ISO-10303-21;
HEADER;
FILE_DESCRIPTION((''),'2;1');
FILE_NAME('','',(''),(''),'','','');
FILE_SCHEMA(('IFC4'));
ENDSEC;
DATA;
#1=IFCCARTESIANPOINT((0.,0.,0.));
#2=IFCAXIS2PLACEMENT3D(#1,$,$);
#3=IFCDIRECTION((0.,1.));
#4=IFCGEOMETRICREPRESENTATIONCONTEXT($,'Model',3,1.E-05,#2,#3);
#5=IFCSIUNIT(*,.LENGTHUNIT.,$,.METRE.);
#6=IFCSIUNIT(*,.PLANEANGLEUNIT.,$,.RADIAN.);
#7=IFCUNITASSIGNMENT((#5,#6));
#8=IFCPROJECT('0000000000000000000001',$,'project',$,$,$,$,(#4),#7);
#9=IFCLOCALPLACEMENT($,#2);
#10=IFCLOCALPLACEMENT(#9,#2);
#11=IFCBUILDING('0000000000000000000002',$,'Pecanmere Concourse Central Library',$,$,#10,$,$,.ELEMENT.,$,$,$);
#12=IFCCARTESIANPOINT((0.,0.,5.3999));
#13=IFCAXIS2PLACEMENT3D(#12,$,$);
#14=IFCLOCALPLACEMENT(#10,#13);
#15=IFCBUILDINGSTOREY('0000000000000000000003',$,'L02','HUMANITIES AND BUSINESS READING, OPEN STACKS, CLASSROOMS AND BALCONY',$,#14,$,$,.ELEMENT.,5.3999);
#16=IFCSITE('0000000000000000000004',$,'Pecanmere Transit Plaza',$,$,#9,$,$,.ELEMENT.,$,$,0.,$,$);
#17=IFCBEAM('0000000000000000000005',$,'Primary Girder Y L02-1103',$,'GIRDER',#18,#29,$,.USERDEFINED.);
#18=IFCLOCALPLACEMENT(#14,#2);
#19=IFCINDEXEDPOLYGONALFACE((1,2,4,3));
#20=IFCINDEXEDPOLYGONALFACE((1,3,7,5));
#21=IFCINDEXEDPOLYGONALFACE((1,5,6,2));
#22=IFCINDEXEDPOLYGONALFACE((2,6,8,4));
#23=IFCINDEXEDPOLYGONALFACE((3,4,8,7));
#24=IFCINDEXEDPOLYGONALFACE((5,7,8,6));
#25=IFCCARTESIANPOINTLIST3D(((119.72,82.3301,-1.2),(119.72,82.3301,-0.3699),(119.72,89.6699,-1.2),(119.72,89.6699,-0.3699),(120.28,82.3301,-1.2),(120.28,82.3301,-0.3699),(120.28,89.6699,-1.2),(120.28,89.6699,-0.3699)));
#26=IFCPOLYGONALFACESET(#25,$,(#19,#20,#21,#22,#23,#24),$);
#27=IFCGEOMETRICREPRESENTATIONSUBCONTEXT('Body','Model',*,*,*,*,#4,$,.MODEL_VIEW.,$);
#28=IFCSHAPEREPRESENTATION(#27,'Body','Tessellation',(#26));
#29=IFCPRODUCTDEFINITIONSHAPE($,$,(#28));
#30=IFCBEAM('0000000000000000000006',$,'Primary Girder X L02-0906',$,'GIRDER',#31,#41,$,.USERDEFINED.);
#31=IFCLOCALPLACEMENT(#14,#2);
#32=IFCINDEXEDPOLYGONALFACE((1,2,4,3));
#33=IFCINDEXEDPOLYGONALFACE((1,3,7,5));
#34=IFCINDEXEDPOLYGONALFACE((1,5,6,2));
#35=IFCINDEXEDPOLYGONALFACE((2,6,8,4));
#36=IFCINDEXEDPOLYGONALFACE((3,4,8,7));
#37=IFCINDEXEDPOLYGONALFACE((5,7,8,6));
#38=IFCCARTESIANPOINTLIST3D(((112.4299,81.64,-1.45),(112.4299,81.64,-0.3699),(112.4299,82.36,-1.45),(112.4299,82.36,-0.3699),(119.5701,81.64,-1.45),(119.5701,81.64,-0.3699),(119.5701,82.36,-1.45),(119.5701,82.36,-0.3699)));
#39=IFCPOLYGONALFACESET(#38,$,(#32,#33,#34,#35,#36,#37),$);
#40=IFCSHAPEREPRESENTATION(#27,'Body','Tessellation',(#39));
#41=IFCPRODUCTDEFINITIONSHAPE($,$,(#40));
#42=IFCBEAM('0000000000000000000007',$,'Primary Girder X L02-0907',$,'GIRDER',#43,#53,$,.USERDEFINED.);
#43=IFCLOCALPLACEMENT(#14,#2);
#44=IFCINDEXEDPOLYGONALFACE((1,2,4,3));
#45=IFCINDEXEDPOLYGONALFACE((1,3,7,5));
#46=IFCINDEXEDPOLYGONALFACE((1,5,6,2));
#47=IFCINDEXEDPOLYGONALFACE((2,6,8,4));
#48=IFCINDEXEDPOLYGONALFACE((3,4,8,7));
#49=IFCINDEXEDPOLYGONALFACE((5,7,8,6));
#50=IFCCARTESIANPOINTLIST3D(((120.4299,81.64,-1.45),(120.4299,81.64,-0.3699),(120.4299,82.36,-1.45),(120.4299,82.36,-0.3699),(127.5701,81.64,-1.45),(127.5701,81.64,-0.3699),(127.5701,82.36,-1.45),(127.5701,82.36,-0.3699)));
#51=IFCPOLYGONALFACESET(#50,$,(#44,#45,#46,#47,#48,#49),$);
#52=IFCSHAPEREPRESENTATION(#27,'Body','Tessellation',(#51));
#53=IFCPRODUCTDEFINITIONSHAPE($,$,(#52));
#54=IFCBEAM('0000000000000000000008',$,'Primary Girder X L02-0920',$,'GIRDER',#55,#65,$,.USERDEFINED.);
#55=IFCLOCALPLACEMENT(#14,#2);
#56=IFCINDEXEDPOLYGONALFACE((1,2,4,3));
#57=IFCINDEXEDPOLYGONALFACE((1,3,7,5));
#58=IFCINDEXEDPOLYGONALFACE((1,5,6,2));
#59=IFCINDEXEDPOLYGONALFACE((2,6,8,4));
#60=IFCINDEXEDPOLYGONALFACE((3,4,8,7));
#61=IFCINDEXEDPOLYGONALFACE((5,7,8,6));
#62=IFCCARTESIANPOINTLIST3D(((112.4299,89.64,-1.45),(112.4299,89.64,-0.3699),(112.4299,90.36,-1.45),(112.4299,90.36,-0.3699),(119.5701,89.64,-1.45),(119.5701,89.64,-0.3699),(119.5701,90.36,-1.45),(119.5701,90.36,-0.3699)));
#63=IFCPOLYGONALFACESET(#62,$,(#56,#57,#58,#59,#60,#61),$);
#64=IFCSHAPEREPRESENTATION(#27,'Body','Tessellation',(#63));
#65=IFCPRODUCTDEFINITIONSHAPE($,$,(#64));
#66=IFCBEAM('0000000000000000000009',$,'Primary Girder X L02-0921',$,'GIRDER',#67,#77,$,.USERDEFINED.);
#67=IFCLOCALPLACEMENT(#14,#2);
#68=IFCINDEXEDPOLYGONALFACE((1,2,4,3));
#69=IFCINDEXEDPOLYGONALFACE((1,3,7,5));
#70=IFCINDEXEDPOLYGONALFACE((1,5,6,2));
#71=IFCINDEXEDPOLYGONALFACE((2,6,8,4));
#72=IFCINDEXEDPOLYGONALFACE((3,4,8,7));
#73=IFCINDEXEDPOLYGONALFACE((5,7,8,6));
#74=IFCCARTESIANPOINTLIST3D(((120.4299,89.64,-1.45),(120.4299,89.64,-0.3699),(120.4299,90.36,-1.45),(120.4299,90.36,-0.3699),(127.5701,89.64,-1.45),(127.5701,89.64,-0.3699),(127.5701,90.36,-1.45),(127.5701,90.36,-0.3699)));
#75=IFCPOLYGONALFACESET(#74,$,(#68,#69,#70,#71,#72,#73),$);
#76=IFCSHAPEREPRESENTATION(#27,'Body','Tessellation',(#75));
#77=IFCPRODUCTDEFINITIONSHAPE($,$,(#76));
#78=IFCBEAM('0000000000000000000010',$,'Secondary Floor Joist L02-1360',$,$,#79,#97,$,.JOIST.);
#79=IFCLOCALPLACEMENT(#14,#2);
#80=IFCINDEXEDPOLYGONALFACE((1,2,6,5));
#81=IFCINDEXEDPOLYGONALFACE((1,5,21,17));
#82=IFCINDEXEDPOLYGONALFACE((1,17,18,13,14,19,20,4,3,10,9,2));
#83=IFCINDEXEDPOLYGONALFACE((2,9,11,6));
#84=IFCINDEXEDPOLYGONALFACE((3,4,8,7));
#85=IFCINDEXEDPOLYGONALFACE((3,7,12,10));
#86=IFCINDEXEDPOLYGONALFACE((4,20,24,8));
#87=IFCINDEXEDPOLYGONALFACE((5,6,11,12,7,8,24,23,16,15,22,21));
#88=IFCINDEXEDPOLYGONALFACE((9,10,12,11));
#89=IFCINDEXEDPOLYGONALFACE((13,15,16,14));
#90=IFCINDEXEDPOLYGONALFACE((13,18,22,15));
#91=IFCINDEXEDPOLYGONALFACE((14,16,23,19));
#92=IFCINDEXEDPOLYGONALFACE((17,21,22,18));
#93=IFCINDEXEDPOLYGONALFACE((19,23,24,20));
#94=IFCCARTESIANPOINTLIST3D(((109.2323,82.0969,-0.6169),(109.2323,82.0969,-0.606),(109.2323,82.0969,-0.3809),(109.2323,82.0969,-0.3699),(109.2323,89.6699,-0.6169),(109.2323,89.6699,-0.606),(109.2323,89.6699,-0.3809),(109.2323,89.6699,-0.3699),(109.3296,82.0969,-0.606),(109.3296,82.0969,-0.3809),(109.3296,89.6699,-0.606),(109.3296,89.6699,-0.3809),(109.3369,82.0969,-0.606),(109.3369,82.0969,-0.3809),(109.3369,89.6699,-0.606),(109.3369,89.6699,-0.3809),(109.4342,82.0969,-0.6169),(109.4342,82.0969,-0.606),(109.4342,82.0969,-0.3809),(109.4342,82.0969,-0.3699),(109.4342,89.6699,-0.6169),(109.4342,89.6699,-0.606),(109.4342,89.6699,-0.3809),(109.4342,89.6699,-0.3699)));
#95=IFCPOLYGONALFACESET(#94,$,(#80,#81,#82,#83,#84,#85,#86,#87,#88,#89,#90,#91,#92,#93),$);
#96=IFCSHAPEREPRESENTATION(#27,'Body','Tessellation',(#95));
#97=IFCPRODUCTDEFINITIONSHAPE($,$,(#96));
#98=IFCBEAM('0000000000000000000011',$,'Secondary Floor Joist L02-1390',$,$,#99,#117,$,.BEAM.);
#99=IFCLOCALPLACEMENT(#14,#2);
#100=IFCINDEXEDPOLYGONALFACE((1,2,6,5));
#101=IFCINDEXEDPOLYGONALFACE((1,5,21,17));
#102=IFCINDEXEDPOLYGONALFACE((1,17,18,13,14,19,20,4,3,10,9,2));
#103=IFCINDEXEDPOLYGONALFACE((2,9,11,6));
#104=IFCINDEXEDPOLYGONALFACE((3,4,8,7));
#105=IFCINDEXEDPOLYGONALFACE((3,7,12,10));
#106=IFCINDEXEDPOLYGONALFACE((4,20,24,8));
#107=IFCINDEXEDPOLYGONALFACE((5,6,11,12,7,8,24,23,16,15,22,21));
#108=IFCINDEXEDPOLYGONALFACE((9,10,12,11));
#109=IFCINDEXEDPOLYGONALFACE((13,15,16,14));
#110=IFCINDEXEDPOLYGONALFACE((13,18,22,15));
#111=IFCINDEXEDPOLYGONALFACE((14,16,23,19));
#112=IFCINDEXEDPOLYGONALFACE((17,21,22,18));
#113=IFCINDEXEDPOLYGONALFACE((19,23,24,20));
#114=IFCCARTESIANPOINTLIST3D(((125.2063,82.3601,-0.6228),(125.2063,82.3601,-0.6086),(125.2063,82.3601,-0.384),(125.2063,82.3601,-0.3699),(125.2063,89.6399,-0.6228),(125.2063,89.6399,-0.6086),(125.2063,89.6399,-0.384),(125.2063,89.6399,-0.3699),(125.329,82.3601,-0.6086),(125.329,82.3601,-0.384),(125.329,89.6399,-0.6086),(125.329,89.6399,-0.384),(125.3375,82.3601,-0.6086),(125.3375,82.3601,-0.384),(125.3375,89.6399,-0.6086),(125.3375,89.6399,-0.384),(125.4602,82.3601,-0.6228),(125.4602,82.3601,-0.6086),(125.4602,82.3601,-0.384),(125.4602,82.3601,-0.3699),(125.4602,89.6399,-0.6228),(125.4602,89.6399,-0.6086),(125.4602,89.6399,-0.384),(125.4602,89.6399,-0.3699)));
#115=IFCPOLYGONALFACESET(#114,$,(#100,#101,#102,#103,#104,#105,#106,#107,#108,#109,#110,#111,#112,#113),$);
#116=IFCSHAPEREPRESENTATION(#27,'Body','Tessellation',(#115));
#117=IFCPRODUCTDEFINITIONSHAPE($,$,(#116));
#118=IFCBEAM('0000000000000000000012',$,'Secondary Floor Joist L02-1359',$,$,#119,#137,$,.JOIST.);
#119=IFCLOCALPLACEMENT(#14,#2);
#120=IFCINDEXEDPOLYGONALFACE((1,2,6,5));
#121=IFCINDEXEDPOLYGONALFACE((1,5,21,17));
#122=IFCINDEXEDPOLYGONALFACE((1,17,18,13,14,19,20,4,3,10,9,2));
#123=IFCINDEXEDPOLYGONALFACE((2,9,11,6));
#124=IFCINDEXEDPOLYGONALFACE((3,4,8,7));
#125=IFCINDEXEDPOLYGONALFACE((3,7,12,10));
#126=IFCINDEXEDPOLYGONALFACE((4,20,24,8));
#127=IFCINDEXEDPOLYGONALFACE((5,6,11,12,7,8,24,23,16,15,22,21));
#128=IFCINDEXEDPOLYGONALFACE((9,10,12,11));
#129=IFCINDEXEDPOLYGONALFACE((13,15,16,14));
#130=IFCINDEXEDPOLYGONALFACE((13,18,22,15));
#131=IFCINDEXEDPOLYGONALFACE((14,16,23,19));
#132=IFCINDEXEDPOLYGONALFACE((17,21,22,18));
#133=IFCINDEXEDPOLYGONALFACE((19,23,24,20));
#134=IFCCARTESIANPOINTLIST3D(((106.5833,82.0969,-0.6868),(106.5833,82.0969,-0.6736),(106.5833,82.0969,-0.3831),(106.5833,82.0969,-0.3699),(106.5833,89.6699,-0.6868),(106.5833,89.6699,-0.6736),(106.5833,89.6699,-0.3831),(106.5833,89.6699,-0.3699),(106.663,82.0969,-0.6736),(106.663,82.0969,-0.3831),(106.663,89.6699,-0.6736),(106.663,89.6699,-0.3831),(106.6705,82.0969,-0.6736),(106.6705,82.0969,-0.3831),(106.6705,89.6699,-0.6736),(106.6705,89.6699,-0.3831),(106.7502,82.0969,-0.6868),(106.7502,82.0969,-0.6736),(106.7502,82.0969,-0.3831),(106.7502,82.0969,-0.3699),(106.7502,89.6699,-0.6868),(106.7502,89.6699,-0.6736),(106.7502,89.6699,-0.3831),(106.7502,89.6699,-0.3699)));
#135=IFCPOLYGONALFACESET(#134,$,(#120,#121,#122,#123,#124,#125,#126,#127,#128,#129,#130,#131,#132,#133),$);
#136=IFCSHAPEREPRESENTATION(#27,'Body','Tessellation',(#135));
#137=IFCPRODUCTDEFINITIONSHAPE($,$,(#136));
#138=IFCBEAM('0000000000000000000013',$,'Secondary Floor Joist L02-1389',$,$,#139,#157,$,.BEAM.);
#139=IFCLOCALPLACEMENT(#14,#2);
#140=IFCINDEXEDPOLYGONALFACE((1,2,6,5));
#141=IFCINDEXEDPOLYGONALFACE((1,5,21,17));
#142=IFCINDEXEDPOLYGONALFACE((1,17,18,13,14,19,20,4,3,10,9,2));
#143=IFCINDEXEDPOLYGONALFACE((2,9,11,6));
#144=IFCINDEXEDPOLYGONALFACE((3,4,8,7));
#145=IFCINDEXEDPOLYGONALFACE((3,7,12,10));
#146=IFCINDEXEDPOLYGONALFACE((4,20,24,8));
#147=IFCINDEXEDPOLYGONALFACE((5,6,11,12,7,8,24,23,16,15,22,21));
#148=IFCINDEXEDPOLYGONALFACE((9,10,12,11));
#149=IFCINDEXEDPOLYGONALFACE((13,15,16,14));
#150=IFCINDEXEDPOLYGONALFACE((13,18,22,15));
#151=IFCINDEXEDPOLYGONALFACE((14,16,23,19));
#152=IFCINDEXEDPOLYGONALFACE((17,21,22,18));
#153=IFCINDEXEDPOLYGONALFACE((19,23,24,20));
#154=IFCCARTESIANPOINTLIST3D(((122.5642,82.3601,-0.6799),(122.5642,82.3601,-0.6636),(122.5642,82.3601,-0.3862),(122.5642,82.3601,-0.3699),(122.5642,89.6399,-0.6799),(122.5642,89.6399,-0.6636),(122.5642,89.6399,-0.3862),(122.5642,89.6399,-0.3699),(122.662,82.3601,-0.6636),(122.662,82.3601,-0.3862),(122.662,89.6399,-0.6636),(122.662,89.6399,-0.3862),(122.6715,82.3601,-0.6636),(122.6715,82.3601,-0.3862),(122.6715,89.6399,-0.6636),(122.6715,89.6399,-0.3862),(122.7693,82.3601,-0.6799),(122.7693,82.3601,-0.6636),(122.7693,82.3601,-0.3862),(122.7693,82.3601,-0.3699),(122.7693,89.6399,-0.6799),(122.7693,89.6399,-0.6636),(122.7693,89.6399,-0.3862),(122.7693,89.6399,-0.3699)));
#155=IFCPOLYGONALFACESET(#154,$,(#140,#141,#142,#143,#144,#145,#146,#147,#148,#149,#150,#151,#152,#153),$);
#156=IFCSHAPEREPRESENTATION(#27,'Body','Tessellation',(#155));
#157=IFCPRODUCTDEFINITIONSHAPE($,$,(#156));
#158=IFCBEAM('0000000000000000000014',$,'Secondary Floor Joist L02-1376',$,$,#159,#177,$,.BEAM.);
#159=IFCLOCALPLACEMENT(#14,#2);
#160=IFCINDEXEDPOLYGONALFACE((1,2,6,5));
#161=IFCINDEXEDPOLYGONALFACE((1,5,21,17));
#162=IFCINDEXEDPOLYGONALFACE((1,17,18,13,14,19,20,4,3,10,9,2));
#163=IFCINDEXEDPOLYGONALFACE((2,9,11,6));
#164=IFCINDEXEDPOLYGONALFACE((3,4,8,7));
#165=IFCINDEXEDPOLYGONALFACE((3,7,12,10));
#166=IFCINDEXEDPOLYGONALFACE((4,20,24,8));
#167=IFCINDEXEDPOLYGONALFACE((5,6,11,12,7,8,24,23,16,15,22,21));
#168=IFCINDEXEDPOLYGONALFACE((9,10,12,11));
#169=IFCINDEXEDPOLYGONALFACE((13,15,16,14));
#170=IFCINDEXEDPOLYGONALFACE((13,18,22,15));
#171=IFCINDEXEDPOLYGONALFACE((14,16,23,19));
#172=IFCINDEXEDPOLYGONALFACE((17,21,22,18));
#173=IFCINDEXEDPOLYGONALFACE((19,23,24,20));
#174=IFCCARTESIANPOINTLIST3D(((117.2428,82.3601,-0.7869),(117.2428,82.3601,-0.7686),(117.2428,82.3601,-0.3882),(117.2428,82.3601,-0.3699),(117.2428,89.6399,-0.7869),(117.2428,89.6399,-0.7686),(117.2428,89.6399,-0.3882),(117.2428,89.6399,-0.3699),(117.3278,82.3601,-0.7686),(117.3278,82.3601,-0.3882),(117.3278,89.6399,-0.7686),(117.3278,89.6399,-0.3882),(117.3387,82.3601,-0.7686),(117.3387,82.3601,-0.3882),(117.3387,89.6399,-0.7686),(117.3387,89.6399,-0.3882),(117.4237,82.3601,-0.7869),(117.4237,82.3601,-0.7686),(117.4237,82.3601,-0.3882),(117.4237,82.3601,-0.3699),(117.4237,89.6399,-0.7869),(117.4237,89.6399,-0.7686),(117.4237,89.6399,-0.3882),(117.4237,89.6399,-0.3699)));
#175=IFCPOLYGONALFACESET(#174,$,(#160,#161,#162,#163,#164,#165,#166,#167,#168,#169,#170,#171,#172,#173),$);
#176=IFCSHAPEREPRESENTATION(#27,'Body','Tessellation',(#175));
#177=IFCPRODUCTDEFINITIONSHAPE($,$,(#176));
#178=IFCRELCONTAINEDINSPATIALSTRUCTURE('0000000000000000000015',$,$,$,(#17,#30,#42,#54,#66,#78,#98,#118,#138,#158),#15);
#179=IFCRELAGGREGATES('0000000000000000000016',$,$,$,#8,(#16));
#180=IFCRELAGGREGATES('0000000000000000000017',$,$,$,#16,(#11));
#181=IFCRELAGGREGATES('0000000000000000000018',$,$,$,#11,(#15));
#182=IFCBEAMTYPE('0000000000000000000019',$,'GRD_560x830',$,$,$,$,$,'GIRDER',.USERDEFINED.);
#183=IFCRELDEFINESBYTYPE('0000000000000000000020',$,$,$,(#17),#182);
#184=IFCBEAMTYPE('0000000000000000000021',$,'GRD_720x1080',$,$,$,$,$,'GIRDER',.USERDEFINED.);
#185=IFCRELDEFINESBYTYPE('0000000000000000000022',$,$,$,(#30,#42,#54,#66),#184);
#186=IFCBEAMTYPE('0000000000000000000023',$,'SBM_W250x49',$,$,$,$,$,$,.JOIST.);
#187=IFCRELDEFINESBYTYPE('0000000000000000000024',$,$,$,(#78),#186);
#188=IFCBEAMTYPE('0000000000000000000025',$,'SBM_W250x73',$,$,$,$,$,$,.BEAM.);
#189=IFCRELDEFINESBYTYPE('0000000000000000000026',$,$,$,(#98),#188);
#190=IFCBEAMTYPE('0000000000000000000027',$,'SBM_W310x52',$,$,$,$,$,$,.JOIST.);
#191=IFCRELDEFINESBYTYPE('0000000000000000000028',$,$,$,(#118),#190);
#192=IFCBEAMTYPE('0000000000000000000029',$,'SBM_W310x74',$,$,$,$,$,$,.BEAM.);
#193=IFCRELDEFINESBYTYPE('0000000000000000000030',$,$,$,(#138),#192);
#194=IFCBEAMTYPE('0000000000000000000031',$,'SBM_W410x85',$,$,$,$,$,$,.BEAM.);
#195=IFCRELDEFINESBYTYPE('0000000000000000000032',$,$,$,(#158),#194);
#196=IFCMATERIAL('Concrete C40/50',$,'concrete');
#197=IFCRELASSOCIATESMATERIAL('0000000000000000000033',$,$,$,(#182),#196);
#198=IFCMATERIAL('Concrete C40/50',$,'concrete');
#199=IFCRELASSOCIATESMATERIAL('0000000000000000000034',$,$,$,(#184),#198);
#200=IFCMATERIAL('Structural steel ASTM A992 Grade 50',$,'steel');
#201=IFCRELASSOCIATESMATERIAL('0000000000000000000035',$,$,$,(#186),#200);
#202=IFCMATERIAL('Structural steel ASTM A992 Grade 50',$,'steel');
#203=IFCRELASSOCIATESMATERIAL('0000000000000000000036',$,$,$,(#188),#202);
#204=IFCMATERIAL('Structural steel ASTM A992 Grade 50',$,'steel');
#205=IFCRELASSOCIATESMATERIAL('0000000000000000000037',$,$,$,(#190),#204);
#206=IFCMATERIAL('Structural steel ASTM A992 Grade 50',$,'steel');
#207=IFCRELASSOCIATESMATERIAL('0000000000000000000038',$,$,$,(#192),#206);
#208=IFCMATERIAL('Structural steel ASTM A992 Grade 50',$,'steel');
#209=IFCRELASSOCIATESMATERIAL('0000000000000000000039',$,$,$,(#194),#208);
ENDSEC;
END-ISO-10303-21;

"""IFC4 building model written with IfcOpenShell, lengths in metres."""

from ifc_helpers import new_model, si_unit, direction, frame, origin, origin_2d, place, context, subcontext, project, spatial, rectangle, i_section, extrude, material, material_profile, profile_set, type_object, element, save


model = new_model("IFC4")

# Units and contexts
model_context = context("Model", 3, precision=1e-05, world=origin(), true_north=direction((0.0, 1.0)))
body_context = subcontext(model_context, "Body", "Model", "MODEL_VIEW")
ifc_project = project(units=[si_unit("LENGTHUNIT", "METRE"), si_unit("PLANEANGLEUNIT", "RADIAN")], contexts=[model_context])

# Site, building, storey
site_placement = place(None, origin())
site = spatial("IfcSite", under=ifc_project, at=site_placement, Name="Pecanmere Transit Plaza", CompositionType="ELEMENT", RefElevation=0.0)
building_placement = place(site_placement, origin())
building = spatial("IfcBuilding", under=site, at=building_placement, Name="Pecanmere Concourse Central Library", CompositionType="ELEMENT")
storey_placement = place(building_placement, frame((0.0, 0.0, 5.3999)))
storey = spatial("IfcBuildingStorey", under=building, at=storey_placement, Name="L02", Description="HUMANITIES AND BUSINESS READING, OPEN STACKS, CLASSROOMS AND BALCONY", CompositionType="ELEMENT", Elevation=5.3999)

# Beams
ifc_material_1 = material(Name="Concrete C40/50", Category="concrete")
ifc_material_profile_1 = material_profile(ifc_material_1, rectangle(XDim=0.5601, YDim=0.8301, at=origin_2d()), Name="RC 560x830")
ifc_profile_set_1 = profile_set([ifc_material_profile_1], Name="Concrete C40/50")
beam_type_1 = type_object("IfcBeamType", Name="GRD_560x830", ElementType="GIRDER", PredefinedType="USERDEFINED", material=ifc_profile_set_1)
for number, where, z_axis, x_axis, name in (
    (1, (120.0, 82.3301, -0.7849), (0.0, 1.0, 0.0), (-1.0, 0.0, 0.0), "Primary Girder Y L02-1103"),
):
    element("IfcBeam", number, at=place(storey_placement, frame(where, z_axis=z_axis, x_axis=x_axis)), inside=storey, type_object=beam_type_1, Name=name, ObjectType="GIRDER", PredefinedType="USERDEFINED", context=body_context, shape_type="SweptSolid", body=[
        extrude(rectangle(XDim=0.5601, YDim=0.8301, at=origin_2d()), origin(), (0.0, 0.0, 1.0), 7.3398),
    ])
ifc_material_2 = material(Name="Concrete C40/50", Category="concrete")
ifc_material_profile_2 = material_profile(ifc_material_2, rectangle(XDim=0.72, YDim=1.0801, at=origin_2d()), Name="RC 720x1080")
ifc_profile_set_2 = profile_set([ifc_material_profile_2], Name="Concrete C40/50")
beam_type_2 = type_object("IfcBeamType", Name="GRD_720x1080", ElementType="GIRDER", PredefinedType="USERDEFINED", material=ifc_profile_set_2)
for number, where, z_axis, x_axis, name in (
    (2, (112.4299, 82.0, -0.9099), (1.0, 0.0, 0.0), (0.0, 1.0, 0.0), "Primary Girder X L02-0906"),
    (3, (120.4299, 82.0, -0.9099), (1.0, 0.0, 0.0), (0.0, 1.0, 0.0), "Primary Girder X L02-0907"),
    (4, (112.4299, 90.0, -0.9099), (1.0, 0.0, 0.0), (0.0, 1.0, 0.0), "Primary Girder X L02-0920"),
    (5, (120.4299, 90.0, -0.9099), (1.0, 0.0, 0.0), (0.0, 1.0, 0.0), "Primary Girder X L02-0921"),
):
    element("IfcBeam", number, at=place(storey_placement, frame(where, z_axis=z_axis, x_axis=x_axis)), inside=storey, type_object=beam_type_2, Name=name, ObjectType="GIRDER", PredefinedType="USERDEFINED", context=body_context, shape_type="SweptSolid", body=[
        extrude(rectangle(XDim=0.72, YDim=1.0801, at=origin_2d()), origin(), (0.0, 0.0, 1.0), 7.1401),
    ])
ifc_material_3 = material(Name="Structural steel ASTM A992 Grade 50", Category="steel")
ifc_material_profile_3 = material_profile(ifc_material_3, i_section(OverallWidth=0.2019, OverallDepth=0.2471, WebThickness=0.0073, FlangeThickness=0.011, at=origin_2d()), Name="W250x49.1")
ifc_profile_set_3 = profile_set([ifc_material_profile_3], Name="Structural steel ASTM A992 Grade 50")
beam_type_3 = type_object("IfcBeamType", Name="SBM_W250x49", PredefinedType="JOIST", material=ifc_profile_set_3)
beam_1_placement = place(storey_placement, frame((109.3333, 82.0969, -0.4934), z_axis=(0.0, 1.0, 0.0), x_axis=(-1.0, 0.0, 0.0)))
element("IfcBeam", 6, at=beam_1_placement, inside=storey, type_object=beam_type_3, Name="Secondary Floor Joist L02-1360", PredefinedType="JOIST", context=body_context, shape_type="SweptSolid", body=[
    extrude(i_section(OverallWidth=0.2019, OverallDepth=0.2471, WebThickness=0.0073, FlangeThickness=0.011, at=origin_2d()), origin(), (0.0, 0.0, 1.0), 7.573),
])
ifc_material_4 = material(Name="Structural steel ASTM A992 Grade 50", Category="steel")
ifc_material_profile_4 = material_profile(ifc_material_4, i_section(OverallWidth=0.2539, OverallDepth=0.2529, WebThickness=0.0085, FlangeThickness=0.0142, at=origin_2d()), Name="W250x73")
ifc_profile_set_4 = profile_set([ifc_material_profile_4], Name="Structural steel ASTM A992 Grade 50")
beam_type_4 = type_object("IfcBeamType", Name="SBM_W250x73", PredefinedType="BEAM", material=ifc_profile_set_4)
beam_2_placement = place(storey_placement, frame((125.3333, 82.3601, -0.4963), z_axis=(0.0, 1.0, 0.0), x_axis=(-1.0, 0.0, 0.0)))
element("IfcBeam", 7, at=beam_2_placement, inside=storey, type_object=beam_type_4, Name="Secondary Floor Joist L02-1390", PredefinedType="BEAM", context=body_context, shape_type="SweptSolid", body=[
    extrude(i_section(OverallWidth=0.2539, OverallDepth=0.2529, WebThickness=0.0085, FlangeThickness=0.0142, at=origin_2d()), origin(), (0.0, 0.0, 1.0), 7.2798),
])
ifc_material_5 = material(Name="Structural steel ASTM A992 Grade 50", Category="steel")
ifc_material_profile_5 = material_profile(ifc_material_5, i_section(OverallWidth=0.167, OverallDepth=0.3169, WebThickness=0.0076, FlangeThickness=0.0132, at=origin_2d()), Name="W310x52")
ifc_profile_set_5 = profile_set([ifc_material_profile_5], Name="Structural steel ASTM A992 Grade 50")
beam_type_5 = type_object("IfcBeamType", Name="SBM_W310x52", PredefinedType="JOIST", material=ifc_profile_set_5)
beam_3_placement = place(storey_placement, frame((106.6667, 82.0969, -0.5283), z_axis=(0.0, 1.0, 0.0), x_axis=(-1.0, 0.0, 0.0)))
element("IfcBeam", 8, at=beam_3_placement, inside=storey, type_object=beam_type_5, Name="Secondary Floor Joist L02-1359", PredefinedType="JOIST", context=body_context, shape_type="SweptSolid", body=[
    extrude(i_section(OverallWidth=0.167, OverallDepth=0.3169, WebThickness=0.0076, FlangeThickness=0.0132, at=origin_2d()), origin(), (0.0, 0.0, 1.0), 7.573),
])
ifc_material_6 = material(Name="Structural steel ASTM A992 Grade 50", Category="steel")
ifc_material_profile_6 = material_profile(ifc_material_6, i_section(OverallWidth=0.2051, OverallDepth=0.3101, WebThickness=0.0095, FlangeThickness=0.0164, at=origin_2d()), Name="W310x74")
ifc_profile_set_6 = profile_set([ifc_material_profile_6], Name="Structural steel ASTM A992 Grade 50")
beam_type_6 = type_object("IfcBeamType", Name="SBM_W310x74", PredefinedType="BEAM", material=ifc_profile_set_6)
beam_4_placement = place(storey_placement, frame((122.6667, 82.3601, -0.5249), z_axis=(0.0, 1.0, 0.0), x_axis=(-1.0, 0.0, 0.0)))
element("IfcBeam", 9, at=beam_4_placement, inside=storey, type_object=beam_type_6, Name="Secondary Floor Joist L02-1389", PredefinedType="BEAM", context=body_context, shape_type="SweptSolid", body=[
    extrude(i_section(OverallWidth=0.2051, OverallDepth=0.3101, WebThickness=0.0095, FlangeThickness=0.0164, at=origin_2d()), origin(), (0.0, 0.0, 1.0), 7.2798),
])
ifc_material_7 = material(Name="Structural steel ASTM A992 Grade 50", Category="steel")
ifc_material_profile_7 = material_profile(ifc_material_7, i_section(OverallWidth=0.1809, OverallDepth=0.417, WebThickness=0.011, FlangeThickness=0.0183, at=origin_2d()), Name="W410x85")
ifc_profile_set_7 = profile_set([ifc_material_profile_7], Name="Structural steel ASTM A992 Grade 50")
beam_type_7 = type_object("IfcBeamType", Name="SBM_W410x85", PredefinedType="BEAM", material=ifc_profile_set_7)
beam_5_placement = place(storey_placement, frame((117.3333, 82.3601, -0.5784), z_axis=(0.0, 1.0, 0.0), x_axis=(-1.0, 0.0, 0.0)))
element("IfcBeam", 10, at=beam_5_placement, inside=storey, type_object=beam_type_7, Name="Secondary Floor Joist L02-1376", PredefinedType="BEAM", context=body_context, shape_type="SweptSolid", body=[
    extrude(i_section(OverallWidth=0.1809, OverallDepth=0.417, WebThickness=0.011, FlangeThickness=0.0183, at=origin_2d()), origin(), (0.0, 0.0, 1.0), 7.2798),
])

save(model, "model.ifc")
